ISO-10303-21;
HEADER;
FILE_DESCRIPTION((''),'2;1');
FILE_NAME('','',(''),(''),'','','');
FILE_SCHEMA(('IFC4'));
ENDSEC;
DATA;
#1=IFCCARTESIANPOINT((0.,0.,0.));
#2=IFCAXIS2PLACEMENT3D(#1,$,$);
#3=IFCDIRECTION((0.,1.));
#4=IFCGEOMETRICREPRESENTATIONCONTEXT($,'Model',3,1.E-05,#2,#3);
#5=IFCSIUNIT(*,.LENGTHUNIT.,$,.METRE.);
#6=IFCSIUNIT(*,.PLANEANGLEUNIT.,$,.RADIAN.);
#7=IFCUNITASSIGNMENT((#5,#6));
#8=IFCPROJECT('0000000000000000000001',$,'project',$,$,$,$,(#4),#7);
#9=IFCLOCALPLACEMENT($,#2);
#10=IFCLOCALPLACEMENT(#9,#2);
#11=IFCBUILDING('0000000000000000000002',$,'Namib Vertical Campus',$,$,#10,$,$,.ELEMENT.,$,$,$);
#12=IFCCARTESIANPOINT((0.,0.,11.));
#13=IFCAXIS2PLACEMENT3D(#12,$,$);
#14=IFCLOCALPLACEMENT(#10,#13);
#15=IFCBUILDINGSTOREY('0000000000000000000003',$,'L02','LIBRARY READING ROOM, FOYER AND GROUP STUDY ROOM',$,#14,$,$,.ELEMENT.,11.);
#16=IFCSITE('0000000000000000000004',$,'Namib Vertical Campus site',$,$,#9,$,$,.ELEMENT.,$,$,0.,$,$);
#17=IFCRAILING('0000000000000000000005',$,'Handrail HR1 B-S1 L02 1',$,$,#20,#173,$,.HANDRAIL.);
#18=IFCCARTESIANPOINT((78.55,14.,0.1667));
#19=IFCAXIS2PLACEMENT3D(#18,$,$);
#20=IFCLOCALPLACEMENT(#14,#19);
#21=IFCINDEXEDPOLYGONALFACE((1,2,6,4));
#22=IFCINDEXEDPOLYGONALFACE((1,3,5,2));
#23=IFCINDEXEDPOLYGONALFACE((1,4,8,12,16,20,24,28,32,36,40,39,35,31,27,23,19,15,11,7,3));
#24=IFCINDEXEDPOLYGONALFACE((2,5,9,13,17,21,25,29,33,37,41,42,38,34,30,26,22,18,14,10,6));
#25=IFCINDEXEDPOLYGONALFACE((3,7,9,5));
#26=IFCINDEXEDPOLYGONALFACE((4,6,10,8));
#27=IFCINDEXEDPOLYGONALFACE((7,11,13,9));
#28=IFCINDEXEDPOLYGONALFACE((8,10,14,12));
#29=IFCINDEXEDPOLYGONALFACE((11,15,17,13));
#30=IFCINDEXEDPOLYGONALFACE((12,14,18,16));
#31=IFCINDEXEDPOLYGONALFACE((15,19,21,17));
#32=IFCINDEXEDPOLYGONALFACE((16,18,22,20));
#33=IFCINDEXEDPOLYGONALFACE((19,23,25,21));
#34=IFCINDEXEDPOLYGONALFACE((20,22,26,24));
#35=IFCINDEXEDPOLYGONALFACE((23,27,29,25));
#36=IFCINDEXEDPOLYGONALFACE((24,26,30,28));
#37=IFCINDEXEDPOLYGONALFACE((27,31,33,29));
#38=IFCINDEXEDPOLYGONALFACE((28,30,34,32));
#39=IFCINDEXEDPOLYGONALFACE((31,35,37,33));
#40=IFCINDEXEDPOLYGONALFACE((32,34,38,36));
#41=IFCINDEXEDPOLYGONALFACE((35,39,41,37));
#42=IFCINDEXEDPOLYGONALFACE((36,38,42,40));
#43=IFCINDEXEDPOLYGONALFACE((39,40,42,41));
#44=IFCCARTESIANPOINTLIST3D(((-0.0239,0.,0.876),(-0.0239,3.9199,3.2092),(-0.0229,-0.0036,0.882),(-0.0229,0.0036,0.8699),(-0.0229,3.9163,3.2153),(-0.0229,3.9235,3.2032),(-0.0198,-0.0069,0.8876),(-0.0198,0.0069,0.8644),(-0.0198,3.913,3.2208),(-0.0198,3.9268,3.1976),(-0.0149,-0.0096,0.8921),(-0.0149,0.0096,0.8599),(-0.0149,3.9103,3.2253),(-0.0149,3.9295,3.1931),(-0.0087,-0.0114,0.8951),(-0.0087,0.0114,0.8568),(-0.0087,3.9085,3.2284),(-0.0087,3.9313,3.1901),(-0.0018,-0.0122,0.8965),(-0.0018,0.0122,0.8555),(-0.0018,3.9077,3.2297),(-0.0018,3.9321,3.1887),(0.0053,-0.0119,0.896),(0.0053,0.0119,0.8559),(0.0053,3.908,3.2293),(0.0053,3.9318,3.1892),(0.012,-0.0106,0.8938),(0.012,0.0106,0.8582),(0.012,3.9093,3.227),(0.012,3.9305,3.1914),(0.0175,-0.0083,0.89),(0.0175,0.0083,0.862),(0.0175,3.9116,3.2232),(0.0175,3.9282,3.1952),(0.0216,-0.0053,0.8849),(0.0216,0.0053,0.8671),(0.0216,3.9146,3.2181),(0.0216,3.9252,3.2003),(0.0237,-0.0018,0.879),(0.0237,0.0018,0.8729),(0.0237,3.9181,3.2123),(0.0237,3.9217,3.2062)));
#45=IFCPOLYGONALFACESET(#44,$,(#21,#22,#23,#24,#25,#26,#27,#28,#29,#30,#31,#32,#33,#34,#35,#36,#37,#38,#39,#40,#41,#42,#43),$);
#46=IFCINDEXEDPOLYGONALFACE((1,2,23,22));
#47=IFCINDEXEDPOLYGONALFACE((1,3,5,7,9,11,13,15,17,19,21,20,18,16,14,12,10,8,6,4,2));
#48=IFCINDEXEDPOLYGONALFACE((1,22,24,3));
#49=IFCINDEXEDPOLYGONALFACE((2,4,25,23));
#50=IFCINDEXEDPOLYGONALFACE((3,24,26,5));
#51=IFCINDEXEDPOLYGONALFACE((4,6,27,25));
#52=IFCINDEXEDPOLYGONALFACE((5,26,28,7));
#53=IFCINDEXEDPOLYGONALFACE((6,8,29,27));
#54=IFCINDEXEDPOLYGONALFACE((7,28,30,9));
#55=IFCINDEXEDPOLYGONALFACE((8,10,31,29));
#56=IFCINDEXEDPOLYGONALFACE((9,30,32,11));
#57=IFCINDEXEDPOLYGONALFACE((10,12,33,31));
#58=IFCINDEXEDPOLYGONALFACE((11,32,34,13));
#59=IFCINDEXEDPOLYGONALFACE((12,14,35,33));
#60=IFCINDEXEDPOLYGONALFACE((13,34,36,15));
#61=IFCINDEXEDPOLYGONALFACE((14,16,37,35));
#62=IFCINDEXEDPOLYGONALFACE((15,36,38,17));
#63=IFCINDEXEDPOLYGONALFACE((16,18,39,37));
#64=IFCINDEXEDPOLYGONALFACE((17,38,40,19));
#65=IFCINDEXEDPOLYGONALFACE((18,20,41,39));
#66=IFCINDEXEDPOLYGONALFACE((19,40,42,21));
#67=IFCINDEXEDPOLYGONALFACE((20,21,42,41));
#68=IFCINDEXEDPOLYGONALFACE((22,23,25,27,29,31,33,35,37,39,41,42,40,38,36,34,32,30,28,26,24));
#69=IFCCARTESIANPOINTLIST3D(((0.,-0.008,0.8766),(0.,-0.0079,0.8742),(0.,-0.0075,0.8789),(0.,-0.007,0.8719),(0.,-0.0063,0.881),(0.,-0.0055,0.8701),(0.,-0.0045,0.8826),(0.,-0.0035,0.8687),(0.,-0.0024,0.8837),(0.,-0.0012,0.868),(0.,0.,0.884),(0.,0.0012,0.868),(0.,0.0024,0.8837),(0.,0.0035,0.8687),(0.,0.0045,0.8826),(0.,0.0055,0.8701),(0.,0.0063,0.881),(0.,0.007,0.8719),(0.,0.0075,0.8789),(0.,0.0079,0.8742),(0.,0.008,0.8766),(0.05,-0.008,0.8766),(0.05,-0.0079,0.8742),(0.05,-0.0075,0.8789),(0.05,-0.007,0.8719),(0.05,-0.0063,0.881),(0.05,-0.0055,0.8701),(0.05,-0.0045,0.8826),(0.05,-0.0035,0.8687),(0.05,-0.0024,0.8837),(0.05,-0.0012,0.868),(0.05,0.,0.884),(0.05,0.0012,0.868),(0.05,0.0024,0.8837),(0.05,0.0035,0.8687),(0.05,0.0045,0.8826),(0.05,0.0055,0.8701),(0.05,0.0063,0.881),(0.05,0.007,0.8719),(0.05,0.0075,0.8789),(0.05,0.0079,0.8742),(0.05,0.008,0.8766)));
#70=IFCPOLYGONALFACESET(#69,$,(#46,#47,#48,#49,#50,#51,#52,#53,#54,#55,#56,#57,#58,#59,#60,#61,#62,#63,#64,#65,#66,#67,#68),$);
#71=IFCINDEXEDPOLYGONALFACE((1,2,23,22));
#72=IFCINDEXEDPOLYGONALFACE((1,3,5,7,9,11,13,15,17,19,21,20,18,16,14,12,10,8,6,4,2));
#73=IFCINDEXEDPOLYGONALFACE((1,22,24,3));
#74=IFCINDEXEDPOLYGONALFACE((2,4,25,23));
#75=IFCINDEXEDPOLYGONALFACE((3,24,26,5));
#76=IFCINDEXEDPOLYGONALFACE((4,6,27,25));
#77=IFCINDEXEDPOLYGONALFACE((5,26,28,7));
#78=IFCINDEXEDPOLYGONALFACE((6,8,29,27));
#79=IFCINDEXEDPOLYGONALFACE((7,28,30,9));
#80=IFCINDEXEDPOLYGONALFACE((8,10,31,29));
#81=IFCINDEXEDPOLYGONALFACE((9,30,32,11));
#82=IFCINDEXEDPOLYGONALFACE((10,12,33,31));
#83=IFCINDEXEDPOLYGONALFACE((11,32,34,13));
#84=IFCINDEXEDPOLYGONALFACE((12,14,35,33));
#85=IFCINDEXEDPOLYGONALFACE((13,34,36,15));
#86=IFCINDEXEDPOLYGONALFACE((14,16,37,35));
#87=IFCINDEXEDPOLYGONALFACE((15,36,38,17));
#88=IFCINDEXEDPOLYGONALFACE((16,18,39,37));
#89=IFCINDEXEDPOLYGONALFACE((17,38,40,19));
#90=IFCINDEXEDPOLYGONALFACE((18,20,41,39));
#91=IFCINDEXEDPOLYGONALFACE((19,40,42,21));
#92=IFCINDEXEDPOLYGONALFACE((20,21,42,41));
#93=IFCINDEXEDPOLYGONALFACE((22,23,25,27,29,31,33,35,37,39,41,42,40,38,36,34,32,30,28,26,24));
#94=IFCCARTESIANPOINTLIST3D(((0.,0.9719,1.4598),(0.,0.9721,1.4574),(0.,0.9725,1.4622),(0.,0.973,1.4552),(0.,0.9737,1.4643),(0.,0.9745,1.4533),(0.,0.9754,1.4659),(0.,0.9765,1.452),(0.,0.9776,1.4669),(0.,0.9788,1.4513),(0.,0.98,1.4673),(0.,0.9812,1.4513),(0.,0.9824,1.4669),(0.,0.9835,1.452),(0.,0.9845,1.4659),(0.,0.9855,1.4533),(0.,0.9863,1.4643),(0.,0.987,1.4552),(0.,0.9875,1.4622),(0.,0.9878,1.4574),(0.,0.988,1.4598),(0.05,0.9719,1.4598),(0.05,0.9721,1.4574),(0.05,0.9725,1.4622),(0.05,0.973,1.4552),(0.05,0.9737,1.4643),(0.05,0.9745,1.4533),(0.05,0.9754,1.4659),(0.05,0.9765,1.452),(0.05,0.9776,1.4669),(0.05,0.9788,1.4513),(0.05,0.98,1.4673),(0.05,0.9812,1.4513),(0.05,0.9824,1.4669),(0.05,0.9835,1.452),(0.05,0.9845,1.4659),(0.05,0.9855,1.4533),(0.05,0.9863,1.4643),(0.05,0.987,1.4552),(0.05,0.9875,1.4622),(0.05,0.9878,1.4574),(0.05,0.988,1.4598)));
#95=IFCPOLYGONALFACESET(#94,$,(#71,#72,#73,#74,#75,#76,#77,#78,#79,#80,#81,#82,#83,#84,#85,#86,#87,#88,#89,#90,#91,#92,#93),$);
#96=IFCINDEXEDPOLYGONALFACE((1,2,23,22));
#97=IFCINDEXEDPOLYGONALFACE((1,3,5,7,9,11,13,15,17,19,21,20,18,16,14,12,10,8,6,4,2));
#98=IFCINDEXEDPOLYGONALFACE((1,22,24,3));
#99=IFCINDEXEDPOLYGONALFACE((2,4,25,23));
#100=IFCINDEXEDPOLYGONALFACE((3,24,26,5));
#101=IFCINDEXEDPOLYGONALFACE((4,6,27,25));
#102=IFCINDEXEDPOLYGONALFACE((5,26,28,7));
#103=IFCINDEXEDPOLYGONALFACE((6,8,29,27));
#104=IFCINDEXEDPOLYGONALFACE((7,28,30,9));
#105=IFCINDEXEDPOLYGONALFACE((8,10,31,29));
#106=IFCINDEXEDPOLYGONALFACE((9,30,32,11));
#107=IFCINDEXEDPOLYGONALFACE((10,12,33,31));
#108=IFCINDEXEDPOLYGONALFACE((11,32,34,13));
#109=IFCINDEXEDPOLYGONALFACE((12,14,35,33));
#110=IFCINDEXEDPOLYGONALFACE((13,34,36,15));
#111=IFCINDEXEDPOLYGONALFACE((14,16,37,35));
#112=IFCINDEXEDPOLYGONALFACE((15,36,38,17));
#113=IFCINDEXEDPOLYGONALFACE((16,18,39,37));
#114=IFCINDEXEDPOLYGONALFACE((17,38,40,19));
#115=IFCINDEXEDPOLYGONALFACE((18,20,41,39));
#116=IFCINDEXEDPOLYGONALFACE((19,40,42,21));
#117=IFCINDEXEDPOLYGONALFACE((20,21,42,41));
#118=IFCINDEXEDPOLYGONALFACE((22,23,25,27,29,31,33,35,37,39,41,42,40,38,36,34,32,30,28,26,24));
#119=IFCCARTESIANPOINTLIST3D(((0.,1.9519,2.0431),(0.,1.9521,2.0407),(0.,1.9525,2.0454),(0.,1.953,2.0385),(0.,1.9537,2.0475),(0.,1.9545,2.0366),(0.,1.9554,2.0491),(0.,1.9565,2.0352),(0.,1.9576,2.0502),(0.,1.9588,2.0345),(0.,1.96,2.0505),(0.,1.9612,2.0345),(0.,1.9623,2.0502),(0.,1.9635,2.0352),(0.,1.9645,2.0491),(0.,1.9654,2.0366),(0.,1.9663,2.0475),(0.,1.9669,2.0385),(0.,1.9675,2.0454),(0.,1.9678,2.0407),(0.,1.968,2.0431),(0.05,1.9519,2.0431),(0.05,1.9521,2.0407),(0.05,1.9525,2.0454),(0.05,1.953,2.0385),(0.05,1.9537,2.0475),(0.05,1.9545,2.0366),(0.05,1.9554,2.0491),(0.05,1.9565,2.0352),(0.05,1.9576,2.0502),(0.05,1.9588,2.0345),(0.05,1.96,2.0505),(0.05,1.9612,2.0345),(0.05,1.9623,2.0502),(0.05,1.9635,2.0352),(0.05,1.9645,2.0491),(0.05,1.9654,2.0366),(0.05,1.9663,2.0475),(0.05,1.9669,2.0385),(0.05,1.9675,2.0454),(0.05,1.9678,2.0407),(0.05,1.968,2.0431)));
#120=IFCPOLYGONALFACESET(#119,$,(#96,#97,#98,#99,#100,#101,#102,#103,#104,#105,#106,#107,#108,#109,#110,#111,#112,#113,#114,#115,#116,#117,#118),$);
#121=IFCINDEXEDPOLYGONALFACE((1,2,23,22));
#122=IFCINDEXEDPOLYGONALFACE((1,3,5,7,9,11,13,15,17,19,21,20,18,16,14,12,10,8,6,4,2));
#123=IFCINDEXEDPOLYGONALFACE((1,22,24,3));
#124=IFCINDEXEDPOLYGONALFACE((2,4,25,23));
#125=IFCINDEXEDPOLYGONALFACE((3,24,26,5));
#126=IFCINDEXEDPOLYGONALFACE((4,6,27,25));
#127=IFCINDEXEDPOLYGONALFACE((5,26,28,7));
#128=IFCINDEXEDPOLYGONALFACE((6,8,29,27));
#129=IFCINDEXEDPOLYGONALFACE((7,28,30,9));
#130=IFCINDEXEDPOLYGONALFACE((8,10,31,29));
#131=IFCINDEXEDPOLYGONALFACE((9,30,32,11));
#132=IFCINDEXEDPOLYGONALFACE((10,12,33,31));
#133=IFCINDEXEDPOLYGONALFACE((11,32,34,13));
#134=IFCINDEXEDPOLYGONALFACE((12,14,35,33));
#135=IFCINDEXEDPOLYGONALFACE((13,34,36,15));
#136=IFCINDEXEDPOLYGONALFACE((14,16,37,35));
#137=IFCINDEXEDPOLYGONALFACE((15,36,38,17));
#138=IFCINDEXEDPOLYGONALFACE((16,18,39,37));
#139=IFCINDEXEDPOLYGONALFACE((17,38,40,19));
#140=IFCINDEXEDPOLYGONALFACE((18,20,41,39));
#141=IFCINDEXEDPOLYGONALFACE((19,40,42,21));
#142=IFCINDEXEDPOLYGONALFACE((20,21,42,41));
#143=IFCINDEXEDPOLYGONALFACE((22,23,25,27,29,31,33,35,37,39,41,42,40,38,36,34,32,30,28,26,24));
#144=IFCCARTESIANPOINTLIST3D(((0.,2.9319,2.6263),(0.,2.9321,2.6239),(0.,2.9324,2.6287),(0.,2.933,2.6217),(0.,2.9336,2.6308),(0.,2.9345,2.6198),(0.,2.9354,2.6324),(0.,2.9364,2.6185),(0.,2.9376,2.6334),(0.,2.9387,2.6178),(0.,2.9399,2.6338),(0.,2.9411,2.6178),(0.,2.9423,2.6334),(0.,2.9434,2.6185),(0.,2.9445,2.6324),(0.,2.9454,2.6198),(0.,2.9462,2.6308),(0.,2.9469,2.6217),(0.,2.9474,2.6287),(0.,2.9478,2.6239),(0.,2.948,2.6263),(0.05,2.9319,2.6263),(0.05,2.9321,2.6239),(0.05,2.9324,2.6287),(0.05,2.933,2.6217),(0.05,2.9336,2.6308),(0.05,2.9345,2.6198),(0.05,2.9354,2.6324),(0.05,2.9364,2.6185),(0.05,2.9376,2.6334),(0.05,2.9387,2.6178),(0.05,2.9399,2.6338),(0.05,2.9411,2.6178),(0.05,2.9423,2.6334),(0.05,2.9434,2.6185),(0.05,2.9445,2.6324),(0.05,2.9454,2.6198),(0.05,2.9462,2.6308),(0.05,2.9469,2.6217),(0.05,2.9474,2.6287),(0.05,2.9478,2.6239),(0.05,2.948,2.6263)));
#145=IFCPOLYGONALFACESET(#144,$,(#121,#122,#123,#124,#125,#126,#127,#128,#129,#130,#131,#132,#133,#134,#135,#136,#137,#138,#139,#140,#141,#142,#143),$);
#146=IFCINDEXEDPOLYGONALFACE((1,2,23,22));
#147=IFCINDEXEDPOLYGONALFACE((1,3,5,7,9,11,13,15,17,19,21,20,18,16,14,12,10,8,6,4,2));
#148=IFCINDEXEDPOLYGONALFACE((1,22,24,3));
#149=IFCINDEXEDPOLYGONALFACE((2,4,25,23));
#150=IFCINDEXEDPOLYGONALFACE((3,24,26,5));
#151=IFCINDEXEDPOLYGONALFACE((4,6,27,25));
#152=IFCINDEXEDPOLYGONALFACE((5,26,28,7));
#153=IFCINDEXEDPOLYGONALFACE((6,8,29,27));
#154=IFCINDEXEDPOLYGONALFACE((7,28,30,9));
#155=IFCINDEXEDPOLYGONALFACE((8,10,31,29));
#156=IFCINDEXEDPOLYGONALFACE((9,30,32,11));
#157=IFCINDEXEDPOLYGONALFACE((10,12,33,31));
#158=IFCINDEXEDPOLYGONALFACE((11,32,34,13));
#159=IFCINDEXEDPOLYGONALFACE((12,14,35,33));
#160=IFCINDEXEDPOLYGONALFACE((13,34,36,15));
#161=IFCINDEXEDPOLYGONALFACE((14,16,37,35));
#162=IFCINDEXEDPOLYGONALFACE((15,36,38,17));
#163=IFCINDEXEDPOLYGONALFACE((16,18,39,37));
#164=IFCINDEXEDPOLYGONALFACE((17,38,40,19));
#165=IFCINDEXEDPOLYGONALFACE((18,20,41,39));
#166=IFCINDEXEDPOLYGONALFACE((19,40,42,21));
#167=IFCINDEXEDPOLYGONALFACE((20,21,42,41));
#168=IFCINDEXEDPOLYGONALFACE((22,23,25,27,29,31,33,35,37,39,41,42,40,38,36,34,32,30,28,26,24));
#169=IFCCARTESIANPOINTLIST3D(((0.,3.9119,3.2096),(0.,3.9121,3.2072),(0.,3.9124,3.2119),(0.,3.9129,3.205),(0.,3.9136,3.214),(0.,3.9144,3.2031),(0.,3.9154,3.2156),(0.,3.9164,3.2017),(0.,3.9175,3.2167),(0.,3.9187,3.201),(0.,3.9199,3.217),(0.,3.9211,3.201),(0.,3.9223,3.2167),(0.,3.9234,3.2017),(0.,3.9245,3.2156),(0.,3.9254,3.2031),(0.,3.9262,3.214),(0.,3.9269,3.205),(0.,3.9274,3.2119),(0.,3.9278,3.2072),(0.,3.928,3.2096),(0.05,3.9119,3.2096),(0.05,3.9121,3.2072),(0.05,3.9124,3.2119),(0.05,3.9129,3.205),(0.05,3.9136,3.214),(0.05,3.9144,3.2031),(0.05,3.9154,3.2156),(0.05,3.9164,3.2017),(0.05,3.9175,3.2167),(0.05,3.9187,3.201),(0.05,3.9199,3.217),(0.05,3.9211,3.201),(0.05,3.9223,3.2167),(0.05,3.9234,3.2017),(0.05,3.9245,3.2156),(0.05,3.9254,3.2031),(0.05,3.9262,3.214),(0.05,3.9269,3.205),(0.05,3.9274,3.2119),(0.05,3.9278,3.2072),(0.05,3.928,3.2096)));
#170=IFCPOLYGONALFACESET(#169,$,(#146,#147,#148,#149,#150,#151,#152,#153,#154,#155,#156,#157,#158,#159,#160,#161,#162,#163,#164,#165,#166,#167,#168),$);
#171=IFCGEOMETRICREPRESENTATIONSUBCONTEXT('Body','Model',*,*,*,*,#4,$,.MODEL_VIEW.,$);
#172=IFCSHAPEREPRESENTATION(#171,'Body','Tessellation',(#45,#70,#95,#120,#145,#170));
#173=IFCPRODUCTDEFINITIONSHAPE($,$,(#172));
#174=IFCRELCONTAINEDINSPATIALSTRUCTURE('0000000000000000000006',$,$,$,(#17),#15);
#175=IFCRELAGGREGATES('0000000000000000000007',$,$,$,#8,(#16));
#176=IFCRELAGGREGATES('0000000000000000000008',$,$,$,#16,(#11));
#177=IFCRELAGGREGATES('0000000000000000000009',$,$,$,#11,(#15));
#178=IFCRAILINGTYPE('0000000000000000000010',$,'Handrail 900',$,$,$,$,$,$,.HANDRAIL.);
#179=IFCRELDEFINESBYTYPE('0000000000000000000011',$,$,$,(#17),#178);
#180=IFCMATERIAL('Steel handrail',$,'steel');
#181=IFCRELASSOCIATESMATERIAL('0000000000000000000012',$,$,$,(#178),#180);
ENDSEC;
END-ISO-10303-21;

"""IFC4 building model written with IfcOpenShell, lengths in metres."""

from ifc_helpers import new_model, si_unit, direction, frame, origin, origin_2d, place, context, subcontext, project, spatial, circle, extrude, material, type_object, element, save


model = new_model("IFC4")

# Units and contexts
model_context = context("Model", 3, precision=1e-05, world=origin(), true_north=direction((0.0, 1.0)))
body_context = subcontext(model_context, "Body", "Model", "MODEL_VIEW")
ifc_project = project(units=[si_unit("LENGTHUNIT", "METRE"), si_unit("PLANEANGLEUNIT", "RADIAN")], contexts=[model_context])

# Site, building, storey
site_placement = place(None, origin())
site = spatial("IfcSite", under=ifc_project, at=site_placement, Name="Namib Vertical Campus site", CompositionType="ELEMENT", RefElevation=0.0)
building_placement = place(site_placement, origin())
building = spatial("IfcBuilding", under=site, at=building_placement, Name="Namib Vertical Campus", CompositionType="ELEMENT")
storey_placement = place(building_placement, frame((0.0, 0.0, 11.0)))
storey = spatial("IfcBuildingStorey", under=building, at=storey_placement, Name="L02", Description="LIBRARY READING ROOM, FOYER AND GROUP STUDY ROOM", CompositionType="ELEMENT", Elevation=11.0)

# Railing
ifc_material_1 = material(Name="Steel handrail", Category="steel")
railing_type_1 = type_object("IfcRailingType", Name="Handrail 900", PredefinedType="HANDRAIL", material=ifc_material_1)
railing_1_placement = place(storey_placement, frame((78.55, 14.0, 0.1667)))
element("IfcRailing", 1, at=railing_1_placement, inside=storey, type_object=railing_type_1, Name="Handrail HR1 B-S1 L02 1", PredefinedType="HANDRAIL", context=body_context, shape_type="SweptSolid", body=[
    extrude(circle(Radius=0.0239, at=origin_2d()), frame((0.0, 0.0, 0.876), z_axis=(0.0, 0.859296, 0.511478), x_axis=(-1.0, 0.0, 0.0)), (0.0, 0.0, 1.0), 4.5618),
    extrude(circle(Radius=0.0081, at=origin_2d()), frame((0.0, 0.0, 0.876), z_axis=(1.0, 0.0, 0.0), x_axis=(0.0, 0.0, 1.0)), (0.0, 0.0, 1.0), 0.05),
    extrude(circle(Radius=0.0081, at=origin_2d()), frame((0.0, 0.98, 1.4592), z_axis=(1.0, 0.0, 0.0), x_axis=(0.0, 0.0, 1.0)), (0.0, 0.0, 1.0), 0.05),
    extrude(circle(Radius=0.0081, at=origin_2d()), frame((0.0, 1.96, 2.0425), z_axis=(1.0, 0.0, 0.0), x_axis=(0.0, 0.0, 1.0)), (0.0, 0.0, 1.0), 0.05),
    extrude(circle(Radius=0.0081, at=origin_2d()), frame((0.0, 2.9399, 2.6257), z_axis=(1.0, 0.0, 0.0), x_axis=(0.0, 0.0, 1.0)), (0.0, 0.0, 1.0), 0.05),
    extrude(circle(Radius=0.0081, at=origin_2d()), frame((0.0, 3.9199, 3.209), z_axis=(1.0, 0.0, 0.0), x_axis=(0.0, 0.0, 1.0)), (0.0, 0.0, 1.0), 0.05),
])

save(model, "model.ifc")
